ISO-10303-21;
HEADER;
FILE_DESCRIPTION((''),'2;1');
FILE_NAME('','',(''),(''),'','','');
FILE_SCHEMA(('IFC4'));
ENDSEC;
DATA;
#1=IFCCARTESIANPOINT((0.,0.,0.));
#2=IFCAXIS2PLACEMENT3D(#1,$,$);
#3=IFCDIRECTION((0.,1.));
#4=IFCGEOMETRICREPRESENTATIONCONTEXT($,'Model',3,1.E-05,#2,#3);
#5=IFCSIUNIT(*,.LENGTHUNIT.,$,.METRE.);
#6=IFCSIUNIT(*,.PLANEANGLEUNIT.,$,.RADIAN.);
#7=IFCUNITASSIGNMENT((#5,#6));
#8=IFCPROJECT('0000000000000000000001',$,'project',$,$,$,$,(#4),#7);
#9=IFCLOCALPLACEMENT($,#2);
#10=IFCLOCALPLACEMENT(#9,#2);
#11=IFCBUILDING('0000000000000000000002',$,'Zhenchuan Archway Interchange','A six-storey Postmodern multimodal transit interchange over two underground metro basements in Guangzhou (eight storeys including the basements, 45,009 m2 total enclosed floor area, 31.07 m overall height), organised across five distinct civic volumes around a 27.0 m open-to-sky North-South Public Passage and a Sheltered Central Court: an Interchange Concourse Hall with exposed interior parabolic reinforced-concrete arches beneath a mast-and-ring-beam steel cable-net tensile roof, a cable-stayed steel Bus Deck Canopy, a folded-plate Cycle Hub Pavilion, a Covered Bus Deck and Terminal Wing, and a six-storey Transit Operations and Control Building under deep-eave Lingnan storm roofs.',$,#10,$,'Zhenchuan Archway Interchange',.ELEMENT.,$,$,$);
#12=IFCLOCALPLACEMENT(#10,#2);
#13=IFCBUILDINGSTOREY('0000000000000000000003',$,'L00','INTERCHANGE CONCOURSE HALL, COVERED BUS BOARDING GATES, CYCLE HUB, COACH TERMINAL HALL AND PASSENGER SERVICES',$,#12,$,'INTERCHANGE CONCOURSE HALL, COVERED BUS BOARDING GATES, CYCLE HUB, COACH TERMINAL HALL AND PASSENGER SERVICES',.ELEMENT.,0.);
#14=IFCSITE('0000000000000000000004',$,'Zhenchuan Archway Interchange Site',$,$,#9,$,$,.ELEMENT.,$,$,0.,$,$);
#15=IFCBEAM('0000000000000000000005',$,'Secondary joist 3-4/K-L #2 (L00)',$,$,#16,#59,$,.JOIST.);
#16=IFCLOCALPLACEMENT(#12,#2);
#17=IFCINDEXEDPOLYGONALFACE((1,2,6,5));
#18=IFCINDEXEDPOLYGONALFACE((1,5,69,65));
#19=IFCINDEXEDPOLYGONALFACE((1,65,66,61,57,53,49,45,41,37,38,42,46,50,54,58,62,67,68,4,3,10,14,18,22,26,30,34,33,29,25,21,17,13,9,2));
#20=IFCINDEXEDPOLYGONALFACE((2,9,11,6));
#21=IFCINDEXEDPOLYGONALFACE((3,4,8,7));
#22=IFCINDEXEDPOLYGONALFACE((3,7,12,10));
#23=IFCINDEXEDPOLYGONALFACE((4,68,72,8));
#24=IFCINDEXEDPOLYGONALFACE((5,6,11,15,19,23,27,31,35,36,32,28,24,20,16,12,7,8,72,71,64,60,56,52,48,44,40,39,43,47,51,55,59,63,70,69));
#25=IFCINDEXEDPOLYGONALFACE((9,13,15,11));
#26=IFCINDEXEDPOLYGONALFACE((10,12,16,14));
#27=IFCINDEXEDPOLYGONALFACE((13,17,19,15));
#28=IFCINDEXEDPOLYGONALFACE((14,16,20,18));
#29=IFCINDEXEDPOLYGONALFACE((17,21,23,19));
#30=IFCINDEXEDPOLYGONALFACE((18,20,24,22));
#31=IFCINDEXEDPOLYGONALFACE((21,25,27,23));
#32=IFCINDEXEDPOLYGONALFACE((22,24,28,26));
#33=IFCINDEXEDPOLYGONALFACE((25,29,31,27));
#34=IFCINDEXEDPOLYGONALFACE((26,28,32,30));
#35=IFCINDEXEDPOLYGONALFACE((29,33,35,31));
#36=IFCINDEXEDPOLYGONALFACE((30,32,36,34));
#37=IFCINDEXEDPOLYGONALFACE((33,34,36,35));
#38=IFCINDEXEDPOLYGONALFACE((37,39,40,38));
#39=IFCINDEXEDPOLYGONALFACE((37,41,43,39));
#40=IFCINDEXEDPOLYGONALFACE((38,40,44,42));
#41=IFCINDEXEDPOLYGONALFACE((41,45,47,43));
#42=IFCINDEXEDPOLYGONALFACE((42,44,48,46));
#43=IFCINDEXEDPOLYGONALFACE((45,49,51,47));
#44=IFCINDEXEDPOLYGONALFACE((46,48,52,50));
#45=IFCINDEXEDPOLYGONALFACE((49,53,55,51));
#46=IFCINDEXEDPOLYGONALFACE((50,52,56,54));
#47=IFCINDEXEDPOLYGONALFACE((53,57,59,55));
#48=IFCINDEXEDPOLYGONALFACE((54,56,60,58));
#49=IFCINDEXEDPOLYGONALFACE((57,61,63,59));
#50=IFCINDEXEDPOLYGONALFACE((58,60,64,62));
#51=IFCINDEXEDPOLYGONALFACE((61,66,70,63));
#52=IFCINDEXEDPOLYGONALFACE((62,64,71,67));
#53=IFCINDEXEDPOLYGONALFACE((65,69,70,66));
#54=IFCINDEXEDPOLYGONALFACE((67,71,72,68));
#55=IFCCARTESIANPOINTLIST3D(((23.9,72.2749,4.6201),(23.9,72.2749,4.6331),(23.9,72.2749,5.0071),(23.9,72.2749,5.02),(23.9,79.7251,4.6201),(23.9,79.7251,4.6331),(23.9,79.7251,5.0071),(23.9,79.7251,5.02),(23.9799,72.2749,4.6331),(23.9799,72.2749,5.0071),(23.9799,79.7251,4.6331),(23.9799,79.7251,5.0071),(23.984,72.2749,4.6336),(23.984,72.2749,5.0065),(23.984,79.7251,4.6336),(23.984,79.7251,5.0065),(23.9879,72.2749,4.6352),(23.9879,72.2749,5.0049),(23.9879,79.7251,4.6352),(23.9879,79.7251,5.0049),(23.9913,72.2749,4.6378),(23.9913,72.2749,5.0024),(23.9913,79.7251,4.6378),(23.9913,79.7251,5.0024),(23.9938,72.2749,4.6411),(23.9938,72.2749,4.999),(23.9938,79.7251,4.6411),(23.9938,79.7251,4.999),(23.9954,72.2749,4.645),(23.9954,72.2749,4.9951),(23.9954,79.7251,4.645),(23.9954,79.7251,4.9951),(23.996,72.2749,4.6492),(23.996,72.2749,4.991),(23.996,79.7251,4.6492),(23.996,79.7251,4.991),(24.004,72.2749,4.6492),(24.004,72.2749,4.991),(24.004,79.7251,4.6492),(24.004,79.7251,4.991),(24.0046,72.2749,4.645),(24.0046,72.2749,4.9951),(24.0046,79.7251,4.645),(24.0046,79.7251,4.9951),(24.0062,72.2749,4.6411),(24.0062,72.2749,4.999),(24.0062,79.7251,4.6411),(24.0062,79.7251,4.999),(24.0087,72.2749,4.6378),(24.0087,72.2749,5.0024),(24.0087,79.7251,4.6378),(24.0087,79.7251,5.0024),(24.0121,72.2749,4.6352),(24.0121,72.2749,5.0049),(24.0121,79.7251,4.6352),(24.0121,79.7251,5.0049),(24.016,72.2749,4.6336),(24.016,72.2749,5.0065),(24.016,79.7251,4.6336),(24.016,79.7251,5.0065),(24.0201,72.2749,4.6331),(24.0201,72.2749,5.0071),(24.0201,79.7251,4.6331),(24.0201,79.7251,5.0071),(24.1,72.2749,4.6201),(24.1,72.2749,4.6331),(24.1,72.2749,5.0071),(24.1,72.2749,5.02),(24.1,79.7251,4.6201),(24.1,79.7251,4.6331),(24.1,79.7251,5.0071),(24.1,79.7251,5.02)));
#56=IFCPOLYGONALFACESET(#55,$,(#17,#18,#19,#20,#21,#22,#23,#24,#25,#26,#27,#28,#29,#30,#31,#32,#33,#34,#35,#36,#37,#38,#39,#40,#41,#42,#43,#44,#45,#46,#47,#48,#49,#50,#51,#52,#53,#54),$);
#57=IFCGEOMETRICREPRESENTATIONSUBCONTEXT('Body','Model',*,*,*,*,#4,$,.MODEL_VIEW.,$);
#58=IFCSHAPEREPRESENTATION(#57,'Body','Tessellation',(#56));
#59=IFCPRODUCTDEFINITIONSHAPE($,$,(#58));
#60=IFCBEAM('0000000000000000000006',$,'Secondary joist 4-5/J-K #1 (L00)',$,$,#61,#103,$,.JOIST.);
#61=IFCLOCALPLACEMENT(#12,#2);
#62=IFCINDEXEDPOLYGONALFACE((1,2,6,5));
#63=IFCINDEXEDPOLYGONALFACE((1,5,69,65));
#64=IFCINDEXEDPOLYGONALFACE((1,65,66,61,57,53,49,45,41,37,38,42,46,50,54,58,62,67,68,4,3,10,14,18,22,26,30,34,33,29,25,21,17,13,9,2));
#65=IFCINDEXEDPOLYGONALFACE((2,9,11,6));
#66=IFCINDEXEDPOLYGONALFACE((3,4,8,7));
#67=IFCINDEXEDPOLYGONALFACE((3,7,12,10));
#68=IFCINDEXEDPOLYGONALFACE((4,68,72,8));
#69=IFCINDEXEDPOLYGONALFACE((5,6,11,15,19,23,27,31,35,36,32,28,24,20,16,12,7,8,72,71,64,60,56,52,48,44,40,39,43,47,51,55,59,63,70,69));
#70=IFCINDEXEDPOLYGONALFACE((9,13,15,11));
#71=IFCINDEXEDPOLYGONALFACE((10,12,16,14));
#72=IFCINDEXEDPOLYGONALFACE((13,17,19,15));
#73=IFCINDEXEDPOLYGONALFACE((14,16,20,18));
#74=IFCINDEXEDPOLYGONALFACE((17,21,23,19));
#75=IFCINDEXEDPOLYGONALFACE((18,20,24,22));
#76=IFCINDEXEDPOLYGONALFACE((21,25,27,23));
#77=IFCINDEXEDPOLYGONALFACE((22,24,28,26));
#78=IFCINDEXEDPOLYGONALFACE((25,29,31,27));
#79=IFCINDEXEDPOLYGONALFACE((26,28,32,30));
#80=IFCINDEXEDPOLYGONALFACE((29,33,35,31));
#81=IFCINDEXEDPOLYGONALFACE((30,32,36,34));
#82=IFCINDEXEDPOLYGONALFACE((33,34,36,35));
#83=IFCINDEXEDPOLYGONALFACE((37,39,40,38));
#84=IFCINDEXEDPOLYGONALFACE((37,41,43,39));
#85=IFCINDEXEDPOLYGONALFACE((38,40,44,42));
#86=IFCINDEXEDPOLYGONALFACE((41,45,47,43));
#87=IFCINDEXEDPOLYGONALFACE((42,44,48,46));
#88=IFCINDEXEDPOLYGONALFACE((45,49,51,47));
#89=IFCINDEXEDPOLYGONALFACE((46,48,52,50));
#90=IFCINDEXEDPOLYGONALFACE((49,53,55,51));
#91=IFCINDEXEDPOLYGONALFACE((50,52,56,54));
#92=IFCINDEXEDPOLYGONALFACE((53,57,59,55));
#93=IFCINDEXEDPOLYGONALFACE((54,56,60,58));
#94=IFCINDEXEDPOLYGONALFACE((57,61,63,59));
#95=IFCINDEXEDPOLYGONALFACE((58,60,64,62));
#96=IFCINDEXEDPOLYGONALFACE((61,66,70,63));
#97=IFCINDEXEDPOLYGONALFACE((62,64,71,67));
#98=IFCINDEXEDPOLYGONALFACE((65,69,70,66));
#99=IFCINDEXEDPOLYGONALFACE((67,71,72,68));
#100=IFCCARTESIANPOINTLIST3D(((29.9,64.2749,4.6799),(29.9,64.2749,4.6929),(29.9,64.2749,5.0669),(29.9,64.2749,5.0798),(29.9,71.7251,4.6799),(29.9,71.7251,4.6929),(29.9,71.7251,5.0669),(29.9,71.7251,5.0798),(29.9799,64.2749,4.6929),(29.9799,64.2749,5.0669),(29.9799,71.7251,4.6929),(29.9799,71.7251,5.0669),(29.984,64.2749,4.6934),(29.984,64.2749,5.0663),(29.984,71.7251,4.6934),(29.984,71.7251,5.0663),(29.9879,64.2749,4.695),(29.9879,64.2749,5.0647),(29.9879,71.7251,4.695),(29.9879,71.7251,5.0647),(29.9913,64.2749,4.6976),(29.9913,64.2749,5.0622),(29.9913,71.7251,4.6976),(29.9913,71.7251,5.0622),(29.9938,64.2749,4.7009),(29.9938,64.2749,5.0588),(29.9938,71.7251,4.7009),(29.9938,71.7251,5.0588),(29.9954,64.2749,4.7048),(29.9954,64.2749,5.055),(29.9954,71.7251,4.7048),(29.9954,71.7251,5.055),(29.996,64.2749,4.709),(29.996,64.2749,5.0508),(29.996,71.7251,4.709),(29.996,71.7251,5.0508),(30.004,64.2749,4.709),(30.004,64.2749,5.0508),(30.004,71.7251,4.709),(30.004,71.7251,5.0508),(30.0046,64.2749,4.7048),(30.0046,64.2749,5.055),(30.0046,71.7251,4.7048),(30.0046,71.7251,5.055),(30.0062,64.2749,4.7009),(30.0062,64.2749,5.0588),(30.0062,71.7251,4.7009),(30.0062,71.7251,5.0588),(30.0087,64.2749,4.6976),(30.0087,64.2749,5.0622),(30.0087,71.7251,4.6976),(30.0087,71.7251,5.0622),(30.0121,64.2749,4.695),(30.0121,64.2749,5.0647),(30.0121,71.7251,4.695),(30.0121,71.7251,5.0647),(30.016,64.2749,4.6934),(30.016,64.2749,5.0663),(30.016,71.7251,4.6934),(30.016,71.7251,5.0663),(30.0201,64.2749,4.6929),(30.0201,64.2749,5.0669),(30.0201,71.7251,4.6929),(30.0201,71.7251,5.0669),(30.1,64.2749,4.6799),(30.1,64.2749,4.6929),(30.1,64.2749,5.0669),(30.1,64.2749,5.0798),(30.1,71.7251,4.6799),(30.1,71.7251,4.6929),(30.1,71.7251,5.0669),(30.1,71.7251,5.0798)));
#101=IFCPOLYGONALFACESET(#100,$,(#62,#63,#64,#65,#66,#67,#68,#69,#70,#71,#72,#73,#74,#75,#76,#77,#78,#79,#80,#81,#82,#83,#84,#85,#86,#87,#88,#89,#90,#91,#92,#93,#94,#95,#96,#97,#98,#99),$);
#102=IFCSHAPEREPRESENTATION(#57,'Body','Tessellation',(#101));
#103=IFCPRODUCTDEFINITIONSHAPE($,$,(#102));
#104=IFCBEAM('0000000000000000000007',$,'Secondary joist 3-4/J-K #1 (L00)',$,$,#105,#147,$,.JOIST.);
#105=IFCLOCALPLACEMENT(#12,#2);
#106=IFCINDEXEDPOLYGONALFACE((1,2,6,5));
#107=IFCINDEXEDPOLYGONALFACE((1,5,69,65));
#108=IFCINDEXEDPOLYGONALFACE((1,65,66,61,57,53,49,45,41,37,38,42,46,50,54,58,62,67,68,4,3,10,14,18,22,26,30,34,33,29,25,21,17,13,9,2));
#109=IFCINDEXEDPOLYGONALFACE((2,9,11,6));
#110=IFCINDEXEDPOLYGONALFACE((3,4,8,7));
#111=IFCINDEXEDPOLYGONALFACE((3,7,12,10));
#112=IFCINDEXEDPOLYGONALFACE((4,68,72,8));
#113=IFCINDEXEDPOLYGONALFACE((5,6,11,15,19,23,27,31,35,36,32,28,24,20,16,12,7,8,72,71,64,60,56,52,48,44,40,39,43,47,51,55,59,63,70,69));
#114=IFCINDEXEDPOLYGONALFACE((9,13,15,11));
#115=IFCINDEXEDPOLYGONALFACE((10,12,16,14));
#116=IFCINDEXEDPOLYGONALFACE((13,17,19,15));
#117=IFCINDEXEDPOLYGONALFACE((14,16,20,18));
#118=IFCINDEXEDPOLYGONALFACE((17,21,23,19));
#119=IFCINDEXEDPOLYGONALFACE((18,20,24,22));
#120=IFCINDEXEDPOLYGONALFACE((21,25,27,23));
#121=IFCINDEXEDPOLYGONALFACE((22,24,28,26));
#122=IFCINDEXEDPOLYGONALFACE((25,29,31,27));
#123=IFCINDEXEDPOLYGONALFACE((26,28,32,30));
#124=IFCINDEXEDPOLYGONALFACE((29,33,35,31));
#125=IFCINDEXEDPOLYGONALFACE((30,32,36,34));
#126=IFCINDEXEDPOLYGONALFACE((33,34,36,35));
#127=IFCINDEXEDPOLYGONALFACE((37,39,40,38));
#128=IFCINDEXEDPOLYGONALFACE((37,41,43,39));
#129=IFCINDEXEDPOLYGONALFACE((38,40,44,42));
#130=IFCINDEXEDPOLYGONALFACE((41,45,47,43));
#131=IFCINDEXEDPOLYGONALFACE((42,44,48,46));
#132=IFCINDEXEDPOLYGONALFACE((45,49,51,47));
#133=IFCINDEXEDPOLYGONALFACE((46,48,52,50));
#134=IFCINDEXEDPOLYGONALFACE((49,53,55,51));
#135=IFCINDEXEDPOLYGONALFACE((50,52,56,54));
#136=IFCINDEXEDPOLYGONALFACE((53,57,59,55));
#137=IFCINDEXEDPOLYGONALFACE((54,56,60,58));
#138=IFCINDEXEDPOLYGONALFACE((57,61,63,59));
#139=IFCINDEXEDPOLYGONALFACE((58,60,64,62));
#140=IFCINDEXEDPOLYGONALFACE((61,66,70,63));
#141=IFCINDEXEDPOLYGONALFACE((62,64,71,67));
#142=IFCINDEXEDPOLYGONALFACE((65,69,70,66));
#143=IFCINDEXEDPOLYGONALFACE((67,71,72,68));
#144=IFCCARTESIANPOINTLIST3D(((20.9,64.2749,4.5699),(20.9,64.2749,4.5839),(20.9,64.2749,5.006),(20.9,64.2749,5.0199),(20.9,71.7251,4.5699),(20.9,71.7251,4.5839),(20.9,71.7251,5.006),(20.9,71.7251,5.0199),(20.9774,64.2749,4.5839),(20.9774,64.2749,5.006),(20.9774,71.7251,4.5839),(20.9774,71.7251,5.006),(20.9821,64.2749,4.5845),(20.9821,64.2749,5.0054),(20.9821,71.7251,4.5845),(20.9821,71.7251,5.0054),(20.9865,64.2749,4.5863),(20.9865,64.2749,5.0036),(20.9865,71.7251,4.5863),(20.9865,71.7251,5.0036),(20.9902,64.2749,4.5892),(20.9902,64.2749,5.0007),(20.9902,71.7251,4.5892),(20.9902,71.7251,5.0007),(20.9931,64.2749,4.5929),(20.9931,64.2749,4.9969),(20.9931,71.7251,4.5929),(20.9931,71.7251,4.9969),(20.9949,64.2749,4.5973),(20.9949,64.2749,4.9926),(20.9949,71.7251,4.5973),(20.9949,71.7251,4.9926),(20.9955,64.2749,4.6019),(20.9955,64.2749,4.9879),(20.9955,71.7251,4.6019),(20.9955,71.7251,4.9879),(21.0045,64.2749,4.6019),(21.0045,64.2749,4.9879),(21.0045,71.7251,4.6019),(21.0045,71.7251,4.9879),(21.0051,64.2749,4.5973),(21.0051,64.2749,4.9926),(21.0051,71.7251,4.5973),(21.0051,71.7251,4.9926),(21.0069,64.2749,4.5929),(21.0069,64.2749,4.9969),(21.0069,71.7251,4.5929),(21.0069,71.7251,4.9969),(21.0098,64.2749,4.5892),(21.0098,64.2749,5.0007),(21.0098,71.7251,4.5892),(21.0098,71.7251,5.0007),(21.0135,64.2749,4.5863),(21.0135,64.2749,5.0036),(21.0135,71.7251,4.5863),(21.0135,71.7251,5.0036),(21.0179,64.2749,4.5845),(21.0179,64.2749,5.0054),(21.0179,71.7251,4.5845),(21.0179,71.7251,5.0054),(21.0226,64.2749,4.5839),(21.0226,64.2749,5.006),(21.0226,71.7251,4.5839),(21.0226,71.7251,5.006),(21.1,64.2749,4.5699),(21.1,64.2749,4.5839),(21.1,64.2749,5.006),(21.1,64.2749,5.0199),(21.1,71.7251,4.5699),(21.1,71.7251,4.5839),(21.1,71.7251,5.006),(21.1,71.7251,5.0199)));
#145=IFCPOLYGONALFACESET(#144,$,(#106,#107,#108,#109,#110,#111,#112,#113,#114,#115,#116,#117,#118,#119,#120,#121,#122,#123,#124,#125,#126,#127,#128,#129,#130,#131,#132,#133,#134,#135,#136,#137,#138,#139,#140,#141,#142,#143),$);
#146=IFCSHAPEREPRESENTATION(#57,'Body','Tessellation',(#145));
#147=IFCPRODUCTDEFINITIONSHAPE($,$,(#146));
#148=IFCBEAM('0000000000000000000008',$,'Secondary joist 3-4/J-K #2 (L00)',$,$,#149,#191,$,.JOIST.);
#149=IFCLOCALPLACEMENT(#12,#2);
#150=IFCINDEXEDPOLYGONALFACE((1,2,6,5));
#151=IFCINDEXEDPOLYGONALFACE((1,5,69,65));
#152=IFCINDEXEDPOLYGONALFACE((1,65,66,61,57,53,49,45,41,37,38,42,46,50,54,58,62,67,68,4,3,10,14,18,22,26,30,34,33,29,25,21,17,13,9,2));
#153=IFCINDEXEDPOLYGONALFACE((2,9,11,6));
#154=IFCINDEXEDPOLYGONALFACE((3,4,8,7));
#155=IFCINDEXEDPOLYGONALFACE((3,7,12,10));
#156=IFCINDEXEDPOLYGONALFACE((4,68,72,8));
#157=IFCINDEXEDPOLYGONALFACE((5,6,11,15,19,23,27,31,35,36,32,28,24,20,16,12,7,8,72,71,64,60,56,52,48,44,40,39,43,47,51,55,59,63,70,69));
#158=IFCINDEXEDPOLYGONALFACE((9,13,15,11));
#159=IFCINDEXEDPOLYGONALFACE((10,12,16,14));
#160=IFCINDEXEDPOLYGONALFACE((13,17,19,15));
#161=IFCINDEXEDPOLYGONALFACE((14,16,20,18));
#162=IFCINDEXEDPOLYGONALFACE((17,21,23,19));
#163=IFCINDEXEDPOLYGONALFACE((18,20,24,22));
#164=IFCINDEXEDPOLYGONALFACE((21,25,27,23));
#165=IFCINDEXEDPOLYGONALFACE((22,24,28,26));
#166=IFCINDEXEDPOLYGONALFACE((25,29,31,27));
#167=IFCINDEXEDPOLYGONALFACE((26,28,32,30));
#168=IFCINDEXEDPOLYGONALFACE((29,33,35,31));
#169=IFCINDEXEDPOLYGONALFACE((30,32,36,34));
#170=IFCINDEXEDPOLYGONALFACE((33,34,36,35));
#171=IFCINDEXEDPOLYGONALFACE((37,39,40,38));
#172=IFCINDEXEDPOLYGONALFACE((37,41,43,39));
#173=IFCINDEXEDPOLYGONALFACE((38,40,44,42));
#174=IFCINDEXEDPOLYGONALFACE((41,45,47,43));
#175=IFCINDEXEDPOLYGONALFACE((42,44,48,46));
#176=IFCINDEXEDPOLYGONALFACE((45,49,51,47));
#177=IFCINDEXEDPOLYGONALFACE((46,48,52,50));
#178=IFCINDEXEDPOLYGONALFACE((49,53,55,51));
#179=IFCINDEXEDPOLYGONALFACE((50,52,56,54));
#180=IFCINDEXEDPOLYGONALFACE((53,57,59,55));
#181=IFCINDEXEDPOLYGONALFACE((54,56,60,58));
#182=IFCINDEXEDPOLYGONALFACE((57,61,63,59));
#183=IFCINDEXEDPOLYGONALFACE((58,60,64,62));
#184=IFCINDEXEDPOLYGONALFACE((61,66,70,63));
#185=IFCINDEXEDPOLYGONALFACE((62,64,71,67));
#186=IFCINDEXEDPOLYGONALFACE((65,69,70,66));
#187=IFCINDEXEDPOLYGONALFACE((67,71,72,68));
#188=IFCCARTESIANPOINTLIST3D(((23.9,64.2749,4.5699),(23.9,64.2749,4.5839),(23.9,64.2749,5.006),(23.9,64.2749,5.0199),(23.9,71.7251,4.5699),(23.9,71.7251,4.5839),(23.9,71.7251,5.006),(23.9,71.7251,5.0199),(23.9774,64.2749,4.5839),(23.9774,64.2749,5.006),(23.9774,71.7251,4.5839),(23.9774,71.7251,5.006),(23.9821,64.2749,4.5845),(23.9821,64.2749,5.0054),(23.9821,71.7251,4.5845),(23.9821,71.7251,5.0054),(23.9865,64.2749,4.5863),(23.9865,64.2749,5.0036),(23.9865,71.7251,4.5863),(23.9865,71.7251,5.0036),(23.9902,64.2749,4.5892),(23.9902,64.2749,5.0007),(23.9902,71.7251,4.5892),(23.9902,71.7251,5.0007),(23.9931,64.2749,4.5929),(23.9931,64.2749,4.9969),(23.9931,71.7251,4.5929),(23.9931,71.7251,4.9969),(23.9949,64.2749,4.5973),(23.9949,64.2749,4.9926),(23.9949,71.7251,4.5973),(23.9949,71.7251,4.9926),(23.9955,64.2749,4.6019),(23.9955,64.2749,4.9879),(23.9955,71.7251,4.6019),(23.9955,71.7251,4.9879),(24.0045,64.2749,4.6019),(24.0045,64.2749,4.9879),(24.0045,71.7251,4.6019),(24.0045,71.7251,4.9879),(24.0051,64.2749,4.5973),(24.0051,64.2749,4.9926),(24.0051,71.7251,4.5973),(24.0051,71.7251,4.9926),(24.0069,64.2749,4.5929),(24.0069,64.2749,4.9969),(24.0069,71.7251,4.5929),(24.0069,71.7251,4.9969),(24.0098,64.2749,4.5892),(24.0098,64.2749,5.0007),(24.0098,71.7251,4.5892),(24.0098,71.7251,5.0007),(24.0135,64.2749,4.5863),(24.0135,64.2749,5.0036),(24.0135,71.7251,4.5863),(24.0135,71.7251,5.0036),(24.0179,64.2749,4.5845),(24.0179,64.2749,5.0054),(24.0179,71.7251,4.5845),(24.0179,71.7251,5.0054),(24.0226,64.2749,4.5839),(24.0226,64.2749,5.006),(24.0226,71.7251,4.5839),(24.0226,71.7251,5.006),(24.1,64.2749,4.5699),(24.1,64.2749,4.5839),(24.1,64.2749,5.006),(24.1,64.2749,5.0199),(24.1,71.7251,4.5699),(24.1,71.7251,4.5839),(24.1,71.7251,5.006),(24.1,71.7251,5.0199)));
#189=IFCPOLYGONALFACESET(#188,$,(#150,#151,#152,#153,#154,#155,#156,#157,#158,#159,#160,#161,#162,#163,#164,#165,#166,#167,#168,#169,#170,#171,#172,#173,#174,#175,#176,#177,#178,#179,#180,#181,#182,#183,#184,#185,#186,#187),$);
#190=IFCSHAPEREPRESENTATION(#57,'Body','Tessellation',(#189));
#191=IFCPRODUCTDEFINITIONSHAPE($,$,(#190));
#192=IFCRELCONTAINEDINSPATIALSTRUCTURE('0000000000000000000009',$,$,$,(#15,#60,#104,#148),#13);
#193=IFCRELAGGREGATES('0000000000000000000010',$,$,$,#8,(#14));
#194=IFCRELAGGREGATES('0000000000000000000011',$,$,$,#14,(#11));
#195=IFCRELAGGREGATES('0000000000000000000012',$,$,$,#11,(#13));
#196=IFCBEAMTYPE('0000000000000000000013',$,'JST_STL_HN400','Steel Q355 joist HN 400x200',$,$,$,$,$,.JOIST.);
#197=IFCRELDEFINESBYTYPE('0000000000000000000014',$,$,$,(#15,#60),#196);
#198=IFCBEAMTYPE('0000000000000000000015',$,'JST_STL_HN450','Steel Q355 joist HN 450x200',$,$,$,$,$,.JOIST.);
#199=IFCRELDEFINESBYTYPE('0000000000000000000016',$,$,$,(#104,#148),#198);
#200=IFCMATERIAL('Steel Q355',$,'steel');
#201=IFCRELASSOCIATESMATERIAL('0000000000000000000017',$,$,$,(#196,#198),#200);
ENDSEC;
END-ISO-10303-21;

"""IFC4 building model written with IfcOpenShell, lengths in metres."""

from ifc_helpers import new_model, si_unit, direction, frame, origin, origin_2d, place, context, subcontext, project, spatial, i_section, extrude, material, material_profile, profile_set, type_object, element, save


model = new_model("IFC4")

# Units and contexts
model_context = context("Model", 3, precision=1e-05, world=origin(), true_north=direction((0.0, 1.0)))
body_context = subcontext(model_context, "Body", "Model", "MODEL_VIEW")
ifc_project = project(units=[si_unit("LENGTHUNIT", "METRE"), si_unit("PLANEANGLEUNIT", "RADIAN")], contexts=[model_context])

# Site, building, storey
site_placement = place(None, origin())
site = spatial("IfcSite", under=ifc_project, at=site_placement, Name="Zhenchuan Archway Interchange Site", CompositionType="ELEMENT", RefElevation=0.0)
building_placement = place(site_placement, origin())
building = spatial("IfcBuilding", under=site, at=building_placement, Name="Zhenchuan Archway Interchange", Description="A six-storey Postmodern multimodal transit interchange over two underground metro basements in Guangzhou (eight storeys including the basements, 45,009 m2 total enclosed floor area, 31.07 m overall height), organised across five distinct civic volumes around a 27.0 m open-to-sky North-South Public Passage and a Sheltered Central Court: an Interchange Concourse Hall with exposed interior parabolic reinforced-concrete arches beneath a mast-and-ring-beam steel cable-net tensile roof, a cable-stayed steel Bus Deck Canopy, a folded-plate Cycle Hub Pavilion, a Covered Bus Deck and Terminal Wing, and a six-storey Transit Operations and Control Building under deep-eave Lingnan storm roofs.", LongName="Zhenchuan Archway Interchange", CompositionType="ELEMENT")
storey_placement = place(building_placement, origin())
storey = spatial("IfcBuildingStorey", under=building, at=storey_placement, Name="L00", Description="INTERCHANGE CONCOURSE HALL, COVERED BUS BOARDING GATES, CYCLE HUB, COACH TERMINAL HALL AND PASSENGER SERVICES", LongName="INTERCHANGE CONCOURSE HALL, COVERED BUS BOARDING GATES, CYCLE HUB, COACH TERMINAL HALL AND PASSENGER SERVICES", CompositionType="ELEMENT", Elevation=0.0)

# Beams
ifc_material_1 = material(Name="Steel Q355", Category="steel")
ifc_material_profile_1 = material_profile(ifc_material_1, i_section(OverallWidth=0.2, OverallDepth=0.3999, WebThickness=0.0081, FlangeThickness=0.0129, FilletRadius=0.0161, at=origin_2d()), Name="HN 400x200")
ifc_profile_set_1 = profile_set([ifc_material_profile_1], Name="Steel Q355")
beam_type_1 = type_object("IfcBeamType", Name="JST_STL_HN400", Description="Steel Q355 joist HN 400x200", PredefinedType="JOIST", material=ifc_profile_set_1)
for number, where, z_axis, x_axis, name in (
    (1, (24.0, 72.2749, 4.8201), (0.0, 1.0, 0.0), (-1.0, 0.0, 0.0), "Secondary joist 3-4/K-L #2 (L00)"),
    (2, (30.0, 64.2749, 4.8799), (0.0, 1.0, 0.0), (-1.0, 0.0, 0.0), "Secondary joist 4-5/J-K #1 (L00)"),
):
    element("IfcBeam", number, at=place(storey_placement, frame(where, z_axis=z_axis, x_axis=x_axis)), inside=storey, type_object=beam_type_1, Name=name, PredefinedType="JOIST", context=body_context, shape_type="SweptSolid", body=[
        extrude(i_section(OverallWidth=0.2, OverallDepth=0.3999, WebThickness=0.0081, FlangeThickness=0.0129, FilletRadius=0.0161, at=origin_2d()), origin(), (0.0, 0.0, 1.0), 7.4502),
    ])
ifc_material_profile_2 = material_profile(ifc_material_1, i_section(OverallWidth=0.2, OverallDepth=0.45, WebThickness=0.009, FlangeThickness=0.0139, FilletRadius=0.0181, at=origin_2d()), Name="HN 450x200")
ifc_profile_set_2 = profile_set([ifc_material_profile_2], Name="Steel Q355")
beam_type_2 = type_object("IfcBeamType", Name="JST_STL_HN450", Description="Steel Q355 joist HN 450x200", PredefinedType="JOIST", material=ifc_profile_set_2)
for number, where, z_axis, x_axis, name in (
    (3, (21.0, 64.2749, 4.7949), (0.0, 1.0, 0.0), (-1.0, 0.0, 0.0), "Secondary joist 3-4/J-K #1 (L00)"),
    (4, (24.0, 64.2749, 4.7949), (0.0, 1.0, 0.0), (-1.0, 0.0, 0.0), "Secondary joist 3-4/J-K #2 (L00)"),
):
    element("IfcBeam", number, at=place(storey_placement, frame(where, z_axis=z_axis, x_axis=x_axis)), inside=storey, type_object=beam_type_2, Name=name, PredefinedType="JOIST", context=body_context, shape_type="SweptSolid", body=[
        extrude(i_section(OverallWidth=0.2, OverallDepth=0.45, WebThickness=0.009, FlangeThickness=0.0139, FilletRadius=0.0181, at=origin_2d()), origin(), (0.0, 0.0, 1.0), 7.4502),
    ])

save(model, "model.ifc")
